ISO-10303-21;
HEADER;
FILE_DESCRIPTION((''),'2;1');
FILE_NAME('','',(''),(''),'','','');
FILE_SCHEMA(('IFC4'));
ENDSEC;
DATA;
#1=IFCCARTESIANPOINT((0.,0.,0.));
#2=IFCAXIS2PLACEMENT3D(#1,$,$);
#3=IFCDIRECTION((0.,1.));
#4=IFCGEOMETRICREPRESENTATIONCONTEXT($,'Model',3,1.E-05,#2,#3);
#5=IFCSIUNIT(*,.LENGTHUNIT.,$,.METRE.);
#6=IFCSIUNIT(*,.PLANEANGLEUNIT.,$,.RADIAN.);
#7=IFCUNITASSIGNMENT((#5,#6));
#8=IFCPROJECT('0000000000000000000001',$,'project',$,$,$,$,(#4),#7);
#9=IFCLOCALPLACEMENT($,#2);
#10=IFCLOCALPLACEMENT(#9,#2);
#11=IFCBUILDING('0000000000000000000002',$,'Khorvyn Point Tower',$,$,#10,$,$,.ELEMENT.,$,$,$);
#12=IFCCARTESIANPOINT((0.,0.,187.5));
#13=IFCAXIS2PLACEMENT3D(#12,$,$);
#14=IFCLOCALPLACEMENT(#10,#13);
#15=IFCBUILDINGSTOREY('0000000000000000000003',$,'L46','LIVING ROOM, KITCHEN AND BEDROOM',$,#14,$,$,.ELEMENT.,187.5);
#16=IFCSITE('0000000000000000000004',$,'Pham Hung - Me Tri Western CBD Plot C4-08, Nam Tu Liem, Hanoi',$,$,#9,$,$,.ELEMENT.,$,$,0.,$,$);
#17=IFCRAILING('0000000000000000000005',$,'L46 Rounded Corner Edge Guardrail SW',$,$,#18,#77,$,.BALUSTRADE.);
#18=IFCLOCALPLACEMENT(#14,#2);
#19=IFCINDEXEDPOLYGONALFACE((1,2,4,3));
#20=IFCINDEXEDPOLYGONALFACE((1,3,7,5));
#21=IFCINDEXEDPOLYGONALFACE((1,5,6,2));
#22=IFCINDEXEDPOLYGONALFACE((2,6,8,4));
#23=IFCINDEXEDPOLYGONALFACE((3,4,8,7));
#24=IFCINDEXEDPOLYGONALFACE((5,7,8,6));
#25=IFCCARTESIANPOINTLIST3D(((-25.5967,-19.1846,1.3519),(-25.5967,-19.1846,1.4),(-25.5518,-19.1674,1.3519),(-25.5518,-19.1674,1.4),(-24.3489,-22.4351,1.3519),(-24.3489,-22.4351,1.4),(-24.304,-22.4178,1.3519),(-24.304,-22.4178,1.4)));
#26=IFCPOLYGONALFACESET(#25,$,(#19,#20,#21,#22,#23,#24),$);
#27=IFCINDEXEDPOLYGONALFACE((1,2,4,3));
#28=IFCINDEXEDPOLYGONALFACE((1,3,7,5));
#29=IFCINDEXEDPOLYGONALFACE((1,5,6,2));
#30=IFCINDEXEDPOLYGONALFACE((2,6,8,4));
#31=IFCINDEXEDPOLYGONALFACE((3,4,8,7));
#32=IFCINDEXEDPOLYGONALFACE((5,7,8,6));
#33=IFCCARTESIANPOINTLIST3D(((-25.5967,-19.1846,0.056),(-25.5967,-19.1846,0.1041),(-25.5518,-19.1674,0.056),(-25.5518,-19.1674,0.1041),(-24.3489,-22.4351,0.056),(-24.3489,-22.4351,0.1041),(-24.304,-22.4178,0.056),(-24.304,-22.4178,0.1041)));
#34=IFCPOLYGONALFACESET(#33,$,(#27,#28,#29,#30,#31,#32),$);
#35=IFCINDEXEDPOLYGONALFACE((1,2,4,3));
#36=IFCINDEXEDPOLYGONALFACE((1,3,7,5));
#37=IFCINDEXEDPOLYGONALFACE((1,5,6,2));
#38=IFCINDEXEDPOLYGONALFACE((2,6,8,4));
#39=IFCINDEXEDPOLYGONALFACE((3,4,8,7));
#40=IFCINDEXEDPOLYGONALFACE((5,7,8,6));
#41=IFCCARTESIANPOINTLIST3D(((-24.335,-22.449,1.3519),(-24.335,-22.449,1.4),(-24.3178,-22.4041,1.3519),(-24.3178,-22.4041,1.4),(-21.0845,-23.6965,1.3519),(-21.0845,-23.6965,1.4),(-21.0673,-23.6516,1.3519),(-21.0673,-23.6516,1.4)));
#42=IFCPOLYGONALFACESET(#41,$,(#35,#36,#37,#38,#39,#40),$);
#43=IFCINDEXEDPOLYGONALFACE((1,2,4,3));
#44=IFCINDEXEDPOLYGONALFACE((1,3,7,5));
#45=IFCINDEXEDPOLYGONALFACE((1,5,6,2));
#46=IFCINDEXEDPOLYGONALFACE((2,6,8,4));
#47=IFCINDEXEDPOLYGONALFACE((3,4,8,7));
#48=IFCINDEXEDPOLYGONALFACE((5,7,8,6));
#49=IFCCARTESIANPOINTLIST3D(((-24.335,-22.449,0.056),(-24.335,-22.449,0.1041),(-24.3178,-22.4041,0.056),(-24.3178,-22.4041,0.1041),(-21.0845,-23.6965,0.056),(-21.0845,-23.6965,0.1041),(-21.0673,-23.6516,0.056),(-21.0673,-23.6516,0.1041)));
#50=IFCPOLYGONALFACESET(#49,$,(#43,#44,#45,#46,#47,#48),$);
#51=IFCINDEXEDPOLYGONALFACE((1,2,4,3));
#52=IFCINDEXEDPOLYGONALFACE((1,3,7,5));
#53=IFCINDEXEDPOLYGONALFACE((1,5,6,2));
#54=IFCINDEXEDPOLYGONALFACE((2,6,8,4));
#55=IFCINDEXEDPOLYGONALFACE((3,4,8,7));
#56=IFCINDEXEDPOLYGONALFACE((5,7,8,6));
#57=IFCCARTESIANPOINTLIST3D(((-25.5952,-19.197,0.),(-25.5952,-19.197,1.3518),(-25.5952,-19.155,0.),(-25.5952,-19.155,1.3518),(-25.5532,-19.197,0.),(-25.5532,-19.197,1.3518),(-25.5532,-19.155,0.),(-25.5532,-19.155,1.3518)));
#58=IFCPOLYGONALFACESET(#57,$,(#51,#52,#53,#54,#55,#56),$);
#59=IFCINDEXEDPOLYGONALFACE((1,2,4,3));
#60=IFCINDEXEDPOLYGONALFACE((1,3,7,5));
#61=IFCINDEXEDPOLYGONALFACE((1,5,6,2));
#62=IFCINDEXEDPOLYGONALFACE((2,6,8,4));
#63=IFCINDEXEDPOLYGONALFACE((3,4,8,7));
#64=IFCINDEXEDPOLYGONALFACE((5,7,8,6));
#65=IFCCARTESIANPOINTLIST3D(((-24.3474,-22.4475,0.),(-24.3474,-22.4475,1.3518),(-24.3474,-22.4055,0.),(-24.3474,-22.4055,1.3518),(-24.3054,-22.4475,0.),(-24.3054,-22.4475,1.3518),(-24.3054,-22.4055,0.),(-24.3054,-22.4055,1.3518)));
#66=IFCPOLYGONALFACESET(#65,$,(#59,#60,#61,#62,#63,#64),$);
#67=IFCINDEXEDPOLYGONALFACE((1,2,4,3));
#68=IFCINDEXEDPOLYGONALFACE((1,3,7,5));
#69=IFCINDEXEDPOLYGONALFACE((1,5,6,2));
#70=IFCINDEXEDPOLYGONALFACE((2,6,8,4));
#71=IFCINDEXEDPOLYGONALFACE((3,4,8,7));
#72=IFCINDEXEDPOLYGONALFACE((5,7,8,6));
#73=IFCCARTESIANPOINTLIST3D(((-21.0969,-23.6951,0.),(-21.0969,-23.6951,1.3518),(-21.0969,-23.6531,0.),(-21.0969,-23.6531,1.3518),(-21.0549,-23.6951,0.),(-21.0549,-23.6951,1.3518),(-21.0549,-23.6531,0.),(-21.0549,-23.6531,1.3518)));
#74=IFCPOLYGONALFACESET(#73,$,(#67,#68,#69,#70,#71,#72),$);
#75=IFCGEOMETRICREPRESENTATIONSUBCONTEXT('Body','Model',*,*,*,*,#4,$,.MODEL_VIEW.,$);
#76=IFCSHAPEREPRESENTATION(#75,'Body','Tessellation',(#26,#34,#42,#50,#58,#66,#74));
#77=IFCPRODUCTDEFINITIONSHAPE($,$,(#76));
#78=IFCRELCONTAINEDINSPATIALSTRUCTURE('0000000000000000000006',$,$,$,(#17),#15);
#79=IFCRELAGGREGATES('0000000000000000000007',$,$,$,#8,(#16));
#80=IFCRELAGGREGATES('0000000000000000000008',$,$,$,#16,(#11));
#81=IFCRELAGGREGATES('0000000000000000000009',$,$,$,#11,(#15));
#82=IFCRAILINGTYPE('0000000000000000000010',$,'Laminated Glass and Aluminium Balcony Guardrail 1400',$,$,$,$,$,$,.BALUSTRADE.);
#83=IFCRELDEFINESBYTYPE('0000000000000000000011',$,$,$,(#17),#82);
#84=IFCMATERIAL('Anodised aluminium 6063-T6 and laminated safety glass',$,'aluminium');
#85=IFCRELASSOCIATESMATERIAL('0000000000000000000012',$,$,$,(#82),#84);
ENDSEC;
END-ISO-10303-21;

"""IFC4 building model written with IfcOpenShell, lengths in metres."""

from ifc_helpers import new_model, si_unit, direction, frame, origin, origin_2d, place, context, subcontext, project, spatial, rectangle, extrude, material, type_object, element, save


model = new_model("IFC4")

# Units and contexts
model_context = context("Model", 3, precision=1e-05, world=origin(), true_north=direction((0.0, 1.0)))
body_context = subcontext(model_context, "Body", "Model", "MODEL_VIEW")
ifc_project = project(units=[si_unit("LENGTHUNIT", "METRE"), si_unit("PLANEANGLEUNIT", "RADIAN")], contexts=[model_context])

# Site, building, storey
site_placement = place(None, origin())
site = spatial("IfcSite", under=ifc_project, at=site_placement, Name="Pham Hung - Me Tri Western CBD Plot C4-08, Nam Tu Liem, Hanoi", CompositionType="ELEMENT", RefElevation=0.0)
building_placement = place(site_placement, origin())
building = spatial("IfcBuilding", under=site, at=building_placement, Name="Khorvyn Point Tower", CompositionType="ELEMENT")
storey_placement = place(building_placement, frame((0.0, 0.0, 187.5)))
storey = spatial("IfcBuildingStorey", under=building, at=storey_placement, Name="L46", Description="LIVING ROOM, KITCHEN AND BEDROOM", CompositionType="ELEMENT", Elevation=187.5)

# Railing
ifc_material_1 = material(Name="Anodised aluminium 6063-T6 and laminated safety glass", Category="aluminium")
railing_type = type_object("IfcRailingType", Name="Laminated Glass and Aluminium Balcony Guardrail 1400", PredefinedType="BALUSTRADE", material=ifc_material_1)
railing_1_placement = place(storey_placement, frame((-25.5742, -19.176, 0.0)))
element("IfcRailing", 1, at=railing_1_placement, inside=storey, type_object=railing_type, Name="L46 Rounded Corner Edge Guardrail SW", PredefinedType="BALUSTRADE", context=body_context, shape_type="SweptSolid", body=[
    extrude(rectangle(XDim=0.0481, YDim=0.0481, at=origin_2d()), frame((0.0, 0.0, 1.376), z_axis=(0.358382, -0.933575, 0.0), x_axis=(0.933575, 0.358382, 0.0)), (0.0, 0.0, 1.0), 3.4817),
    extrude(rectangle(XDim=0.0481, YDim=0.0481, at=origin_2d()), frame((0.0, 0.0, 0.0801), z_axis=(0.358382, -0.933575, 0.0), x_axis=(0.933575, 0.358382, 0.0)), (0.0, 0.0, 1.0), 3.4817),
    extrude(rectangle(XDim=0.0481, YDim=0.0481, at=origin_2d()), frame((1.2478, -3.2505, 1.376), z_axis=(0.933598, -0.358321, 0.0), x_axis=(0.358321, 0.933598, 0.0)), (0.0, 0.0, 1.0), 3.4817),
    extrude(rectangle(XDim=0.0481, YDim=0.0481, at=origin_2d()), frame((1.2478, -3.2505, 0.0801), z_axis=(0.933598, -0.358321, 0.0), x_axis=(0.358321, 0.933598, 0.0)), (0.0, 0.0, 1.0), 3.4817),
    extrude(rectangle(XDim=0.042, YDim=0.042, at=origin_2d()), origin(), (0.0, 0.0, 1.0), 1.3518),
    extrude(rectangle(XDim=0.042, YDim=0.042, at=origin_2d()), frame((1.2478, -3.2505, 0.0)), (0.0, 0.0, 1.0), 1.3518),
    extrude(rectangle(XDim=0.042, YDim=0.042, at=origin_2d()), frame((4.4983, -4.498, 0.0)), (0.0, 0.0, 1.0), 1.3518),
])

save(model, "model.ifc")
